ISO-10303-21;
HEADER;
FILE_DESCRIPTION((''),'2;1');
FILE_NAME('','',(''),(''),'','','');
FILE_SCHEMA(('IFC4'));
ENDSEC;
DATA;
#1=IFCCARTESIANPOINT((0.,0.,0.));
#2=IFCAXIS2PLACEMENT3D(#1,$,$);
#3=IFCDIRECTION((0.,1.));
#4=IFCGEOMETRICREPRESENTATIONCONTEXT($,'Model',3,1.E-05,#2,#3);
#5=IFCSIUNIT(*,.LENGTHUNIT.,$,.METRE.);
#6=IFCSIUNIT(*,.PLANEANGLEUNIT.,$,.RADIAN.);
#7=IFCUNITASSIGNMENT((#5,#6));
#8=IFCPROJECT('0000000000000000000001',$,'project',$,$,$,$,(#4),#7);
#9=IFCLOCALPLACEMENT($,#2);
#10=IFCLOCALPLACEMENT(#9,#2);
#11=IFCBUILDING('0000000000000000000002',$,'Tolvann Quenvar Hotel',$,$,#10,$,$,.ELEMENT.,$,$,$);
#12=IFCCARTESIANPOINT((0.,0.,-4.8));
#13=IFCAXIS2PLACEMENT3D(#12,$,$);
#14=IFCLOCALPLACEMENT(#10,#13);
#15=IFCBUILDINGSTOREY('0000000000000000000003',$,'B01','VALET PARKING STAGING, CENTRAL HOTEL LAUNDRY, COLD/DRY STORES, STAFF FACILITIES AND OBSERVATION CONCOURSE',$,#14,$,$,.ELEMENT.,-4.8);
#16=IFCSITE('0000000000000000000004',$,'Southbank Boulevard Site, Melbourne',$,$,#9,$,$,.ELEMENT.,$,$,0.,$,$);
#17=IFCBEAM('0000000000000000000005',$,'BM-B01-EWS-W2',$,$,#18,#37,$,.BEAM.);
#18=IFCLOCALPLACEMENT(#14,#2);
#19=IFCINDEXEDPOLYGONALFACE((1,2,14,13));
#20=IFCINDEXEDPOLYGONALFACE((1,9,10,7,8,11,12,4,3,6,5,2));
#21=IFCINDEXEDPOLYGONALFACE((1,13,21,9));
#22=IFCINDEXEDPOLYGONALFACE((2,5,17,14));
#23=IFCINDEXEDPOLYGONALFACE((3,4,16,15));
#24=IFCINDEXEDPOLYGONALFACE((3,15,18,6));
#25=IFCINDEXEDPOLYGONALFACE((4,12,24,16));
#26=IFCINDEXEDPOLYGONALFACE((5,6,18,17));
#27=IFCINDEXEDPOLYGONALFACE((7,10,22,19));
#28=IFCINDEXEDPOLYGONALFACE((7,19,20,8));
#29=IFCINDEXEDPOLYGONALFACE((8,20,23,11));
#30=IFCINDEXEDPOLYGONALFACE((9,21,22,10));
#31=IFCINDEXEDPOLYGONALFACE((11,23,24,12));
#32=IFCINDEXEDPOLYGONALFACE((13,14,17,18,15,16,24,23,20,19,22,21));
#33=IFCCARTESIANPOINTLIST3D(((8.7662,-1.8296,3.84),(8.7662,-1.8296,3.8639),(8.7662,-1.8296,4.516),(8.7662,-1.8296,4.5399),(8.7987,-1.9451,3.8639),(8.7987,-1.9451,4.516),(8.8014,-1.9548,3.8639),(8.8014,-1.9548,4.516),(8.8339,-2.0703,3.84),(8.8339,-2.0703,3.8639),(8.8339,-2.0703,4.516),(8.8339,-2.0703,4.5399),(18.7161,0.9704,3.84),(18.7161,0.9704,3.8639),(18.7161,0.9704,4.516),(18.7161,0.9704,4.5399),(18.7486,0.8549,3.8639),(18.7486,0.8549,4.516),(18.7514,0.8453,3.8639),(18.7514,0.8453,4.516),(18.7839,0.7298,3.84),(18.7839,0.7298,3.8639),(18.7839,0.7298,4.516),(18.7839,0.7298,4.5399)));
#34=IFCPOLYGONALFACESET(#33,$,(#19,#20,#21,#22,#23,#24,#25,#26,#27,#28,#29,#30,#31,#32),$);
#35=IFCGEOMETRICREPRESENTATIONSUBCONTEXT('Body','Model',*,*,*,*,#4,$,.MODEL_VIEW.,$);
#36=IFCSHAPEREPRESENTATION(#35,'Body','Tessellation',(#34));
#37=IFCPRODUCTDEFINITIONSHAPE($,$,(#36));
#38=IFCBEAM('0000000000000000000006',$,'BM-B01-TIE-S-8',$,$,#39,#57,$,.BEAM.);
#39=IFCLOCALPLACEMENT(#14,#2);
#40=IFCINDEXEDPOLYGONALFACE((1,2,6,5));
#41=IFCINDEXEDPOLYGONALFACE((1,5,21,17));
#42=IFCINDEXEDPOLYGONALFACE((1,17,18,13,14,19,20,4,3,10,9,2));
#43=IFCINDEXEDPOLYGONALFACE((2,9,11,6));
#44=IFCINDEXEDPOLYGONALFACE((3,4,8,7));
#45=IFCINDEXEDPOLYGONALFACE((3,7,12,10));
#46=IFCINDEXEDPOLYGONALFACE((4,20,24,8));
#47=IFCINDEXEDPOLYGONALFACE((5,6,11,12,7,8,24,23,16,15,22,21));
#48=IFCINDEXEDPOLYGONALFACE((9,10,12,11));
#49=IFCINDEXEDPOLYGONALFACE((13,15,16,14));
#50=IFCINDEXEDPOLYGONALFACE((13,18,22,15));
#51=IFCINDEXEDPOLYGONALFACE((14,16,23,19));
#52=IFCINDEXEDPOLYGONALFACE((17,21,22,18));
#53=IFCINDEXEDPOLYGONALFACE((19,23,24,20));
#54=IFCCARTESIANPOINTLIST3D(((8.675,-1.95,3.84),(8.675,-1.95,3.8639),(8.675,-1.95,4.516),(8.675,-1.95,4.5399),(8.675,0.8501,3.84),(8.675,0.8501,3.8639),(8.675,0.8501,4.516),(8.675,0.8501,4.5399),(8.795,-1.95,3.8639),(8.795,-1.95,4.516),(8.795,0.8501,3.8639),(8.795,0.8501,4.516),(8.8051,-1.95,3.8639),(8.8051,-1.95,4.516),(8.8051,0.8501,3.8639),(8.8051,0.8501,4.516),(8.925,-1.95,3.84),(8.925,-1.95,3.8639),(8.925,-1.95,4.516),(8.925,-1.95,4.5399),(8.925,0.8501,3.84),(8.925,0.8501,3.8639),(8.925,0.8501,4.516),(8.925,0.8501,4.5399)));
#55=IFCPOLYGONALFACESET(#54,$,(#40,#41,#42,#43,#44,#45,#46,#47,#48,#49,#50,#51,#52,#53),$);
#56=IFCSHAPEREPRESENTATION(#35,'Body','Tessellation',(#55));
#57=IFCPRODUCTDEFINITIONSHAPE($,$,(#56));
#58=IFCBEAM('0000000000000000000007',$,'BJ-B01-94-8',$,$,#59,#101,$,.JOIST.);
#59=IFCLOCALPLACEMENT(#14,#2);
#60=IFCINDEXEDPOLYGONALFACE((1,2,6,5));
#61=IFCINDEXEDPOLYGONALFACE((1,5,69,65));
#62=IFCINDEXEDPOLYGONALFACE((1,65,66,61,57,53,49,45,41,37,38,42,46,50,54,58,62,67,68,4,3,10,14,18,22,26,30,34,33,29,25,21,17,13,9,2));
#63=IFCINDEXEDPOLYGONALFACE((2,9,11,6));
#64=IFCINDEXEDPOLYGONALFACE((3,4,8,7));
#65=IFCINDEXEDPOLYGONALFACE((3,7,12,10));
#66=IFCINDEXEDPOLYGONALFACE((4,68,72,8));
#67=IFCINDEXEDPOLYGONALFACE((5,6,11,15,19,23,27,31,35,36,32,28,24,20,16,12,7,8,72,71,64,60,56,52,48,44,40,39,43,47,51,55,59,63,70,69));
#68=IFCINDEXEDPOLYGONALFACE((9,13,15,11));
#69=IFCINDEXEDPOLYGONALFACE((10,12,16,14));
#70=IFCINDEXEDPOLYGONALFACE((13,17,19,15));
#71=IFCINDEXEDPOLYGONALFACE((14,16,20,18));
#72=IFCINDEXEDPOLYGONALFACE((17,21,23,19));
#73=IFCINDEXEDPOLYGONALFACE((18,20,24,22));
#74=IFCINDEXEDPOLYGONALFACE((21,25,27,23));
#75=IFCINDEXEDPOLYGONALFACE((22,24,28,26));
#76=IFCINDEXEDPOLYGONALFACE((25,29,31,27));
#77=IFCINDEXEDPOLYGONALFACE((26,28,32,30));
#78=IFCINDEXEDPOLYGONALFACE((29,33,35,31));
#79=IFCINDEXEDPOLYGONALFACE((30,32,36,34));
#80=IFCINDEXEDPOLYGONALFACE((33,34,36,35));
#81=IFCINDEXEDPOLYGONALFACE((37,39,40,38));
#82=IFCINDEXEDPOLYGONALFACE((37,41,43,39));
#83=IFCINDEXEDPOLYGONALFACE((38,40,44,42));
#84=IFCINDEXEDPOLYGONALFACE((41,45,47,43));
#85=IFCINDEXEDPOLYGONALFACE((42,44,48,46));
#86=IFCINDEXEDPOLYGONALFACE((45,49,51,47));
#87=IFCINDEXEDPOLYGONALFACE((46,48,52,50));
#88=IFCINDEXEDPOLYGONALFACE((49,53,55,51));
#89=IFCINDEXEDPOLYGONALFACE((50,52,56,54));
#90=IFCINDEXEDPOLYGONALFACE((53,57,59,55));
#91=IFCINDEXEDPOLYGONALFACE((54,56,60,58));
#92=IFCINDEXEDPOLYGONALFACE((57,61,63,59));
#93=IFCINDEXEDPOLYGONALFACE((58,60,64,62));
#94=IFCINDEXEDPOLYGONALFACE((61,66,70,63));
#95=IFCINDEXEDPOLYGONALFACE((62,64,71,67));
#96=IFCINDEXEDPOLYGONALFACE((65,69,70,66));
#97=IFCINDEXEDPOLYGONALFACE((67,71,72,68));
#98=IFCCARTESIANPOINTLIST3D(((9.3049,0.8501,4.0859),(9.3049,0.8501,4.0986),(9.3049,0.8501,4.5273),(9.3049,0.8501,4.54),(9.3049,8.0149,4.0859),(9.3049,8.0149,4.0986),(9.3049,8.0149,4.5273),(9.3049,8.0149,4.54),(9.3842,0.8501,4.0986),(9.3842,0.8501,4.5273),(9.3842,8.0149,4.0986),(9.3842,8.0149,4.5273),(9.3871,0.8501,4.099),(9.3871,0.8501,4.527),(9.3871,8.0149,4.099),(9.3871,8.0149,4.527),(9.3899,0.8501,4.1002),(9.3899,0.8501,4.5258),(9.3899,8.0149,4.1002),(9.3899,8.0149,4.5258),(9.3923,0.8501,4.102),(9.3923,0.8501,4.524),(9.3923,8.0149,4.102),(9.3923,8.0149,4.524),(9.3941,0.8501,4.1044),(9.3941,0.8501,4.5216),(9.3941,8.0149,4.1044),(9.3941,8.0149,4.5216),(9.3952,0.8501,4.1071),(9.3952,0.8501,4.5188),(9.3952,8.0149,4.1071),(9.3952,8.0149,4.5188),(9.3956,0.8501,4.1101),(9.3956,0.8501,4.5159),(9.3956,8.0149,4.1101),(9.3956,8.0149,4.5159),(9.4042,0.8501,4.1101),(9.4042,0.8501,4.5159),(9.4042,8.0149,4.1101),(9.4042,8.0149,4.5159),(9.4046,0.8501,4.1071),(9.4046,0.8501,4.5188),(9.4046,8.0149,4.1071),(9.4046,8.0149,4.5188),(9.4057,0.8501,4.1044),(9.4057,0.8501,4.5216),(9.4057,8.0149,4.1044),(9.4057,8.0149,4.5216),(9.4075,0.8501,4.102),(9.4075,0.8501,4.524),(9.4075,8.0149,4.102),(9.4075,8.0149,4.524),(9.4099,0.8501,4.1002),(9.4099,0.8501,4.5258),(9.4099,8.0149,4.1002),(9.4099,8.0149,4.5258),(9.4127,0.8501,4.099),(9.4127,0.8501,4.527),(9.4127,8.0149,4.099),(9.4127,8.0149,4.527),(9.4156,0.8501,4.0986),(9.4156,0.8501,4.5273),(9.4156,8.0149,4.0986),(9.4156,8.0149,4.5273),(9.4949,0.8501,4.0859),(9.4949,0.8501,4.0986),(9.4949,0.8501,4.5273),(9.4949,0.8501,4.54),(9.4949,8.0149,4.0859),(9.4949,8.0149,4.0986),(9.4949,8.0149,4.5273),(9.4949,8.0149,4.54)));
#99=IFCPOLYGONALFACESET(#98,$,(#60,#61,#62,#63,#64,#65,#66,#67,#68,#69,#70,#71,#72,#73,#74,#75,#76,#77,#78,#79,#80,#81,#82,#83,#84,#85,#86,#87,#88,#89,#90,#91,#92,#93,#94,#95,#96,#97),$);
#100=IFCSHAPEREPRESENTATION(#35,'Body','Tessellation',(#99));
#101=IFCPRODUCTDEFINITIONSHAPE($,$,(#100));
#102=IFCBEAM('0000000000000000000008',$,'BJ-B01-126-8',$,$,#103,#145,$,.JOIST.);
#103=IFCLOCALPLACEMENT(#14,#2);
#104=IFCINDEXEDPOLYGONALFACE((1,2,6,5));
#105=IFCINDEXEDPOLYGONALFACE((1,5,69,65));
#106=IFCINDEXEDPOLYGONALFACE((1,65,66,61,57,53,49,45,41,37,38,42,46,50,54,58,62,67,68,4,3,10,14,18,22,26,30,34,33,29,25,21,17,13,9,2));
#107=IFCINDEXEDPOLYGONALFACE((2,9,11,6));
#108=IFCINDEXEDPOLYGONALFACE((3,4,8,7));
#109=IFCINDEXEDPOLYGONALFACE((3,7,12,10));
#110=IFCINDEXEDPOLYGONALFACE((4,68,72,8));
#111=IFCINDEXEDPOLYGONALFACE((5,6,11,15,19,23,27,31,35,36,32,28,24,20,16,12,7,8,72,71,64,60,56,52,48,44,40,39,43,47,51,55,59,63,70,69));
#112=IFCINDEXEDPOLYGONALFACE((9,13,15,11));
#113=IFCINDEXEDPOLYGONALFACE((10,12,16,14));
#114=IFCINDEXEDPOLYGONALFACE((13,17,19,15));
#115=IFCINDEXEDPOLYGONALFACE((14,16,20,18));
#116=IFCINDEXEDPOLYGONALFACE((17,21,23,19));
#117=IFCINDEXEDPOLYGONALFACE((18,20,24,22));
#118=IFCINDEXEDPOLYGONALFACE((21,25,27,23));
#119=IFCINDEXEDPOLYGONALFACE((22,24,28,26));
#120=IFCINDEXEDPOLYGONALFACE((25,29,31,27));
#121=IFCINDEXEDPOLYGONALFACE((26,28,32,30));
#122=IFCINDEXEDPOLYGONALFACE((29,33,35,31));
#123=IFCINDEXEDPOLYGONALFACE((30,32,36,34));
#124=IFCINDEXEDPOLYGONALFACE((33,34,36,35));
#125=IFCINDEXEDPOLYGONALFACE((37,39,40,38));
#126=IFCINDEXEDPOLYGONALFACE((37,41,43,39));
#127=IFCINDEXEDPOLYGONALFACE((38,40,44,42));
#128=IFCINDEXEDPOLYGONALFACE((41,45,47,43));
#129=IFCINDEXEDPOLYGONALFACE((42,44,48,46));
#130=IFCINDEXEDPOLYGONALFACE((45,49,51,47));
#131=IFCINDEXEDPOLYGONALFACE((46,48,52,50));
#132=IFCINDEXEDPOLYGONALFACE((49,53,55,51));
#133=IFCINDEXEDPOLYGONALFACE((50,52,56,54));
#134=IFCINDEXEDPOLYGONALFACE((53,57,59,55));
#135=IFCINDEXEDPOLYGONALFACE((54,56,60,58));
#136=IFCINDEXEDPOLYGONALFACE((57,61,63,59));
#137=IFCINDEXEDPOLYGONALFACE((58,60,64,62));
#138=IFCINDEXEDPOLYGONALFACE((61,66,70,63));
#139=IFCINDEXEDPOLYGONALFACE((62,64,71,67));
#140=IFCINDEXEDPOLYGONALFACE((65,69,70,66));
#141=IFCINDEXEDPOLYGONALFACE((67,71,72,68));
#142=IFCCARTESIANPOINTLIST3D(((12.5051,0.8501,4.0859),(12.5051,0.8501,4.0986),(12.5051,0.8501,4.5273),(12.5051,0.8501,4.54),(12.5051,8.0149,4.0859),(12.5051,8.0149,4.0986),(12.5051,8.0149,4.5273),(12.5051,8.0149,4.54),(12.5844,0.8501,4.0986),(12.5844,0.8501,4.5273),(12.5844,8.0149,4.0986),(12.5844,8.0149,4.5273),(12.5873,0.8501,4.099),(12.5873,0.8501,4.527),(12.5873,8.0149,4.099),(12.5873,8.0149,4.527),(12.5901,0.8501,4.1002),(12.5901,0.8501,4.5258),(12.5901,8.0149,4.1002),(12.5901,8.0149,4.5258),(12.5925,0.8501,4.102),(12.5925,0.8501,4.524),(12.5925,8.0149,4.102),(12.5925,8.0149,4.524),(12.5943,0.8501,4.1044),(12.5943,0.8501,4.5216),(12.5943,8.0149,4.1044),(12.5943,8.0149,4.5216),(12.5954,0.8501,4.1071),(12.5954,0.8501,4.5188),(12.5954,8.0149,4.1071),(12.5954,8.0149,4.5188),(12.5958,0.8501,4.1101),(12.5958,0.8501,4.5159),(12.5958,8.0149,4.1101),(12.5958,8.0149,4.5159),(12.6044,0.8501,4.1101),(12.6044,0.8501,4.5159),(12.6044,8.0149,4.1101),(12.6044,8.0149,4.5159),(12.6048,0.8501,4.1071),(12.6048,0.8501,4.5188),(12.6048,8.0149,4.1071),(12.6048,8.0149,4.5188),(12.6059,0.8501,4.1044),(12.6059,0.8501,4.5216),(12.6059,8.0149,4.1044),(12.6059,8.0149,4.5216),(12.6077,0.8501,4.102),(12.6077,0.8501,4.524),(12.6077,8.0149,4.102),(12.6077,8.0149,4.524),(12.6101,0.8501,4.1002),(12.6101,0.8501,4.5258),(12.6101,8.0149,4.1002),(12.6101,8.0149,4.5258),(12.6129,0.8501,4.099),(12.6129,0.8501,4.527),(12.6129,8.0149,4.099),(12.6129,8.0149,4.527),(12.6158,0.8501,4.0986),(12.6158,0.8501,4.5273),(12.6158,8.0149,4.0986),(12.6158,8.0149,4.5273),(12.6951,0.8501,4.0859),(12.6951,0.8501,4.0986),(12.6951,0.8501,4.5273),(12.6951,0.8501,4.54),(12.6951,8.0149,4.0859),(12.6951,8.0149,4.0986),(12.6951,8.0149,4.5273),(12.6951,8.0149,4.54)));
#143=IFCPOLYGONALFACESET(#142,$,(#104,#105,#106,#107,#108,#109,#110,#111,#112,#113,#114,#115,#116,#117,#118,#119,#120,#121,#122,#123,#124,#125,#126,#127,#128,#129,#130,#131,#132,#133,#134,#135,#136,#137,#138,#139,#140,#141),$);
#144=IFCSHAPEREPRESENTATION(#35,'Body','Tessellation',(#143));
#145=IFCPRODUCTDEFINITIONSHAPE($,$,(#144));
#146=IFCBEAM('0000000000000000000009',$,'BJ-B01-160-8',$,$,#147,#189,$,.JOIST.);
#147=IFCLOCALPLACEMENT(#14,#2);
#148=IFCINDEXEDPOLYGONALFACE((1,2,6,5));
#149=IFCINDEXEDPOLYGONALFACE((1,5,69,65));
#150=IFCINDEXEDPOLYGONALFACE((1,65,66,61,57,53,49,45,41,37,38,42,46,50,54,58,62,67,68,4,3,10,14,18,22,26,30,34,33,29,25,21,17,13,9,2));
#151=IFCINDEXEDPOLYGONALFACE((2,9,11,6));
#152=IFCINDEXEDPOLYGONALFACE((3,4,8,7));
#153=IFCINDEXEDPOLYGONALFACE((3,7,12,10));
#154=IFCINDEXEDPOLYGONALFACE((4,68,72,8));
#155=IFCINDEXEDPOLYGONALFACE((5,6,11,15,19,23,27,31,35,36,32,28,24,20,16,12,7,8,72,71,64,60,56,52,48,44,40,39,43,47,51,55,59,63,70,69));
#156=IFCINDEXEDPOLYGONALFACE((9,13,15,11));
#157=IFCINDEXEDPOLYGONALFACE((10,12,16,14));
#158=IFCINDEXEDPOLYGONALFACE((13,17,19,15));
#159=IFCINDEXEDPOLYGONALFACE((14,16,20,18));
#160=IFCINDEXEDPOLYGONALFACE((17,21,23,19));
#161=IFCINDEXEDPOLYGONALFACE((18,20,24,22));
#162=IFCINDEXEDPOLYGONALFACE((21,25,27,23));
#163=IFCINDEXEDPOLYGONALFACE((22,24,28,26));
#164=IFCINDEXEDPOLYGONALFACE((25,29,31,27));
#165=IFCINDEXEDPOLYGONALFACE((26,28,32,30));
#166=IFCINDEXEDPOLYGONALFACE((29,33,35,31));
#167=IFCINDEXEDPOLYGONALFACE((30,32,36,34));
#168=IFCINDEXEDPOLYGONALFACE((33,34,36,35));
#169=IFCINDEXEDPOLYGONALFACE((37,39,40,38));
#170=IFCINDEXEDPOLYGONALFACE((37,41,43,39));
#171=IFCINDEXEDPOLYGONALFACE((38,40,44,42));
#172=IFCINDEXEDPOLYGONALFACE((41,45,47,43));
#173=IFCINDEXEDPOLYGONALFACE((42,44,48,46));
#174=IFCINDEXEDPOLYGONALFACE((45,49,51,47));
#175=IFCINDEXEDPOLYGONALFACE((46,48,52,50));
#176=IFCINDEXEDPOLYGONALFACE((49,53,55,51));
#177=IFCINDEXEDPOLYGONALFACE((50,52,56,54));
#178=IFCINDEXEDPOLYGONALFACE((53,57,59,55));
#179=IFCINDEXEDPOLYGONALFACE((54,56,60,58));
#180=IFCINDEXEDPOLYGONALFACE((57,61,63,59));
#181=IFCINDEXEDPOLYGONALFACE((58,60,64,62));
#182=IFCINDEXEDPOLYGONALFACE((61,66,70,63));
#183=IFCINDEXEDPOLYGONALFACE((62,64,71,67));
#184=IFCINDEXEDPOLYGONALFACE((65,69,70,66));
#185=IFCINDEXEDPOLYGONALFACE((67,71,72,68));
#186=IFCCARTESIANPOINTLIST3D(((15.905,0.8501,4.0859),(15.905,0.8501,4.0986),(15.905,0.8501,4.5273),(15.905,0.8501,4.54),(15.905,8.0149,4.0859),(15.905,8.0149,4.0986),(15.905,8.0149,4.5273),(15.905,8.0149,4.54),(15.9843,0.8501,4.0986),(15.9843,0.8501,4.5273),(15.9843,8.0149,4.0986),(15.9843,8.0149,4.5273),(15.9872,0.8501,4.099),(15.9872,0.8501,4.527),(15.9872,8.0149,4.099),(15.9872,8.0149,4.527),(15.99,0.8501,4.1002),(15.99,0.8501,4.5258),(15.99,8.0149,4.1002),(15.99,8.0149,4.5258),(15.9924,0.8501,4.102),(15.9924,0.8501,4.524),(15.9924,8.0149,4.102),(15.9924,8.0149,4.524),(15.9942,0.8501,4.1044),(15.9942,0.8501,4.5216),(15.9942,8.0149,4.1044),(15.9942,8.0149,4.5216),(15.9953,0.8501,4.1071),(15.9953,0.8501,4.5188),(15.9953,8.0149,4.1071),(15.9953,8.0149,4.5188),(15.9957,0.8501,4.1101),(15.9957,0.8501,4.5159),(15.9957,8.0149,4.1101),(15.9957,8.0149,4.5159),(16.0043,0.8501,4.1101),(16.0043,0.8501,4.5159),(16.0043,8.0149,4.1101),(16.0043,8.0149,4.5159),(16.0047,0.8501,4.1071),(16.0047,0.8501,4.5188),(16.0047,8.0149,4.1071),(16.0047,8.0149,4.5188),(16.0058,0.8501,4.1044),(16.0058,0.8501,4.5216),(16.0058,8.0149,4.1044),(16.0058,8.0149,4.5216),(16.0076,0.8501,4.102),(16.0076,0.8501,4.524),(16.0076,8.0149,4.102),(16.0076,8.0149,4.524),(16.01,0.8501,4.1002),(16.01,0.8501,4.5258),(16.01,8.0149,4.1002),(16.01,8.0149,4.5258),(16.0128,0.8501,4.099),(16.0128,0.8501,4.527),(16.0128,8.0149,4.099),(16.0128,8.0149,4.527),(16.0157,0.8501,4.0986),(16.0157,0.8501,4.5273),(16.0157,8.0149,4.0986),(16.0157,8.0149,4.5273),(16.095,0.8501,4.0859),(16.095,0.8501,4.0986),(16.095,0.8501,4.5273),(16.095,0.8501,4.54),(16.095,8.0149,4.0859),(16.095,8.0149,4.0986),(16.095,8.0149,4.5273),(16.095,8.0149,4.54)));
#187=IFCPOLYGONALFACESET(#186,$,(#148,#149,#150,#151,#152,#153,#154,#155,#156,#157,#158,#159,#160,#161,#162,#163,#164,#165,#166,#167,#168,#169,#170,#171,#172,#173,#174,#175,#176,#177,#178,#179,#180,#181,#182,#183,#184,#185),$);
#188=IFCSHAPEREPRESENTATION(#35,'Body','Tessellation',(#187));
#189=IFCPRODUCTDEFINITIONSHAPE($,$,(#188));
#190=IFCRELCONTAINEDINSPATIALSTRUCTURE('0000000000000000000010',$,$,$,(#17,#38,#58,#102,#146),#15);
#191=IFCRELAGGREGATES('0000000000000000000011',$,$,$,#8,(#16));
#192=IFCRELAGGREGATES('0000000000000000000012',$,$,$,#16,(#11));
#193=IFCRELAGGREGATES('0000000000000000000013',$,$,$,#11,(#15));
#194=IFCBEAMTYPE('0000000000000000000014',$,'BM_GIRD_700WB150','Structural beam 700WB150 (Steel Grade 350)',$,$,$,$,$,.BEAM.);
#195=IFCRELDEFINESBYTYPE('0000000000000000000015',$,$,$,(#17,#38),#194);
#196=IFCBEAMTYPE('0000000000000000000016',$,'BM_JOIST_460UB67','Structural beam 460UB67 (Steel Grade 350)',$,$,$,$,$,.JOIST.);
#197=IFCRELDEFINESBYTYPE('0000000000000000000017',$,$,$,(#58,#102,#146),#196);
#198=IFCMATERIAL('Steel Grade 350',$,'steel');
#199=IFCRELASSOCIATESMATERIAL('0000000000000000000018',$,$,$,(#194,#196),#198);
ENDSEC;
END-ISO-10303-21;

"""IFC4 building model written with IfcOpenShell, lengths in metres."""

from ifc_helpers import new_model, si_unit, direction, frame, origin, origin_2d, place, context, subcontext, project, spatial, i_section, extrude, source, transform, mapped, material, material_profile, profile_set, type_object, type_shapes, element, save


model = new_model("IFC4")

# Units and contexts
model_context = context("Model", 3, precision=1e-05, world=origin(), true_north=direction((0.0, 1.0)))
body_context = subcontext(model_context, "Body", "Model", "MODEL_VIEW")
ifc_project = project(units=[si_unit("LENGTHUNIT", "METRE"), si_unit("PLANEANGLEUNIT", "RADIAN")], contexts=[model_context])

# Site, building, storey
site_placement = place(None, origin())
site = spatial("IfcSite", under=ifc_project, at=site_placement, Name="Southbank Boulevard Site, Melbourne", CompositionType="ELEMENT", RefElevation=0.0)
building_placement = place(site_placement, origin())
building = spatial("IfcBuilding", under=site, at=building_placement, Name="Tolvann Quenvar Hotel", CompositionType="ELEMENT")
storey_placement = place(building_placement, frame((0.0, 0.0, -4.8)))
storey = spatial("IfcBuildingStorey", under=building, at=storey_placement, Name="B01", Description="VALET PARKING STAGING, CENTRAL HOTEL LAUNDRY, COLD/DRY STORES, STAFF FACILITIES AND OBSERVATION CONCOURSE", CompositionType="ELEMENT", Elevation=-4.8)

# Beams
ifc_material_1 = material(Name="Steel Grade 350", Category="steel")
ifc_material_profile_1 = material_profile(ifc_material_1, i_section(OverallWidth=0.25, OverallDepth=0.7, WebThickness=0.01, FlangeThickness=0.0239, at=origin_2d()), Name="700WB150")
ifc_profile_set_1 = profile_set([ifc_material_profile_1], Name="Steel Grade 350")
beam_type_1 = type_object("IfcBeamType", Name="BM_GIRD_700WB150", Description="Structural beam 700WB150 (Steel Grade 350)", PredefinedType="BEAM", material=ifc_profile_set_1)
shared_shape_1 = source(origin(), body_context, "Body", "SweptSolid", [
    extrude(i_section(OverallWidth=0.25, OverallDepth=0.7, WebThickness=0.01, FlangeThickness=0.0239, at=origin_2d()), origin(), (0.0, 0.0, 1.0), 10.3364),
])
beam_1_placement = place(storey_placement, frame((8.8, -1.95, 4.1899), z_axis=(0.96261, 0.270891, 0.0), x_axis=(-0.270891, 0.96261, 0.0)))
element("IfcBeam", 1, at=beam_1_placement, inside=storey, type_object=beam_type_1, Name="BM-B01-EWS-W2", PredefinedType="BEAM", context=body_context, shape_type="MappedRepresentation", body=[
    mapped(shared_shape_1, transform((0.0, 0.0, 0.0), x_axis=(1.0, 0.0, 0.0), y_axis=(0.0, 1.0, 0.0), z_axis=(0.0, 0.0, 1.0), scale=1.0)),
])
shared_shape_2 = source(origin(), body_context, "Body", "SweptSolid", [
    extrude(i_section(OverallWidth=0.25, OverallDepth=0.7, WebThickness=0.01, FlangeThickness=0.0239, at=origin_2d()), origin(), (0.0, 0.0, 1.0), 2.8),
])
type_shapes(beam_type_1, [shared_shape_1, shared_shape_2])
beam_2_placement = place(storey_placement, frame((8.8, -1.95, 4.1899), z_axis=(0.0, 1.0, 0.0), x_axis=(-1.0, 0.0, 0.0)))
element("IfcBeam", 2, at=beam_2_placement, inside=storey, type_object=beam_type_1, Name="BM-B01-TIE-S-8", PredefinedType="BEAM", context=body_context, shape_type="MappedRepresentation", body=[
    mapped(shared_shape_2, transform((0.0, 0.0, 0.0), x_axis=(1.0, 0.0, 0.0), y_axis=(0.0, 1.0, 0.0), z_axis=(0.0, 0.0, 1.0), scale=1.0)),
])
ifc_material_profile_2 = material_profile(ifc_material_1, i_section(OverallWidth=0.1899, OverallDepth=0.4541, WebThickness=0.0085, FlangeThickness=0.0127, FilletRadius=0.0115, at=origin_2d()), Name="460UB67")
ifc_profile_set_2 = profile_set([ifc_material_profile_2], Name="Steel Grade 350")
beam_type_2 = type_object("IfcBeamType", Name="BM_JOIST_460UB67", Description="Structural beam 460UB67 (Steel Grade 350)", PredefinedType="JOIST", material=ifc_profile_set_2)
shared_shape_3 = source(origin(), body_context, "Body", "SweptSolid", [
    extrude(i_section(OverallWidth=0.1899, OverallDepth=0.4541, WebThickness=0.0085, FlangeThickness=0.0127, FilletRadius=0.0115, at=origin_2d()), origin(), (0.0, 0.0, 1.0), 7.1648),
])
for number, where, z_axis, x_axis, name in (
    (3, (9.3999, 0.8501, 4.313), (0.0, 1.0, 0.0), (-1.0, 0.0, 0.0), "BJ-B01-94-8"),
    (4, (12.6001, 0.8501, 4.313), (0.0, 1.0, 0.0), (-1.0, 0.0, 0.0), "BJ-B01-126-8"),
    (5, (16.0, 0.8501, 4.313), (0.0, 1.0, 0.0), (-1.0, 0.0, 0.0), "BJ-B01-160-8"),
):
    element("IfcBeam", number, at=place(storey_placement, frame(where, z_axis=z_axis, x_axis=x_axis)), inside=storey, type_object=beam_type_2, Name=name, PredefinedType="JOIST", context=body_context, shape_type="MappedRepresentation", body=[
        mapped(shared_shape_3, transform((0.0, 0.0, 0.0), x_axis=(1.0, 0.0, 0.0), y_axis=(0.0, 1.0, 0.0), z_axis=(0.0, 0.0, 1.0), scale=1.0)),
    ])

save(model, "model.ifc")
